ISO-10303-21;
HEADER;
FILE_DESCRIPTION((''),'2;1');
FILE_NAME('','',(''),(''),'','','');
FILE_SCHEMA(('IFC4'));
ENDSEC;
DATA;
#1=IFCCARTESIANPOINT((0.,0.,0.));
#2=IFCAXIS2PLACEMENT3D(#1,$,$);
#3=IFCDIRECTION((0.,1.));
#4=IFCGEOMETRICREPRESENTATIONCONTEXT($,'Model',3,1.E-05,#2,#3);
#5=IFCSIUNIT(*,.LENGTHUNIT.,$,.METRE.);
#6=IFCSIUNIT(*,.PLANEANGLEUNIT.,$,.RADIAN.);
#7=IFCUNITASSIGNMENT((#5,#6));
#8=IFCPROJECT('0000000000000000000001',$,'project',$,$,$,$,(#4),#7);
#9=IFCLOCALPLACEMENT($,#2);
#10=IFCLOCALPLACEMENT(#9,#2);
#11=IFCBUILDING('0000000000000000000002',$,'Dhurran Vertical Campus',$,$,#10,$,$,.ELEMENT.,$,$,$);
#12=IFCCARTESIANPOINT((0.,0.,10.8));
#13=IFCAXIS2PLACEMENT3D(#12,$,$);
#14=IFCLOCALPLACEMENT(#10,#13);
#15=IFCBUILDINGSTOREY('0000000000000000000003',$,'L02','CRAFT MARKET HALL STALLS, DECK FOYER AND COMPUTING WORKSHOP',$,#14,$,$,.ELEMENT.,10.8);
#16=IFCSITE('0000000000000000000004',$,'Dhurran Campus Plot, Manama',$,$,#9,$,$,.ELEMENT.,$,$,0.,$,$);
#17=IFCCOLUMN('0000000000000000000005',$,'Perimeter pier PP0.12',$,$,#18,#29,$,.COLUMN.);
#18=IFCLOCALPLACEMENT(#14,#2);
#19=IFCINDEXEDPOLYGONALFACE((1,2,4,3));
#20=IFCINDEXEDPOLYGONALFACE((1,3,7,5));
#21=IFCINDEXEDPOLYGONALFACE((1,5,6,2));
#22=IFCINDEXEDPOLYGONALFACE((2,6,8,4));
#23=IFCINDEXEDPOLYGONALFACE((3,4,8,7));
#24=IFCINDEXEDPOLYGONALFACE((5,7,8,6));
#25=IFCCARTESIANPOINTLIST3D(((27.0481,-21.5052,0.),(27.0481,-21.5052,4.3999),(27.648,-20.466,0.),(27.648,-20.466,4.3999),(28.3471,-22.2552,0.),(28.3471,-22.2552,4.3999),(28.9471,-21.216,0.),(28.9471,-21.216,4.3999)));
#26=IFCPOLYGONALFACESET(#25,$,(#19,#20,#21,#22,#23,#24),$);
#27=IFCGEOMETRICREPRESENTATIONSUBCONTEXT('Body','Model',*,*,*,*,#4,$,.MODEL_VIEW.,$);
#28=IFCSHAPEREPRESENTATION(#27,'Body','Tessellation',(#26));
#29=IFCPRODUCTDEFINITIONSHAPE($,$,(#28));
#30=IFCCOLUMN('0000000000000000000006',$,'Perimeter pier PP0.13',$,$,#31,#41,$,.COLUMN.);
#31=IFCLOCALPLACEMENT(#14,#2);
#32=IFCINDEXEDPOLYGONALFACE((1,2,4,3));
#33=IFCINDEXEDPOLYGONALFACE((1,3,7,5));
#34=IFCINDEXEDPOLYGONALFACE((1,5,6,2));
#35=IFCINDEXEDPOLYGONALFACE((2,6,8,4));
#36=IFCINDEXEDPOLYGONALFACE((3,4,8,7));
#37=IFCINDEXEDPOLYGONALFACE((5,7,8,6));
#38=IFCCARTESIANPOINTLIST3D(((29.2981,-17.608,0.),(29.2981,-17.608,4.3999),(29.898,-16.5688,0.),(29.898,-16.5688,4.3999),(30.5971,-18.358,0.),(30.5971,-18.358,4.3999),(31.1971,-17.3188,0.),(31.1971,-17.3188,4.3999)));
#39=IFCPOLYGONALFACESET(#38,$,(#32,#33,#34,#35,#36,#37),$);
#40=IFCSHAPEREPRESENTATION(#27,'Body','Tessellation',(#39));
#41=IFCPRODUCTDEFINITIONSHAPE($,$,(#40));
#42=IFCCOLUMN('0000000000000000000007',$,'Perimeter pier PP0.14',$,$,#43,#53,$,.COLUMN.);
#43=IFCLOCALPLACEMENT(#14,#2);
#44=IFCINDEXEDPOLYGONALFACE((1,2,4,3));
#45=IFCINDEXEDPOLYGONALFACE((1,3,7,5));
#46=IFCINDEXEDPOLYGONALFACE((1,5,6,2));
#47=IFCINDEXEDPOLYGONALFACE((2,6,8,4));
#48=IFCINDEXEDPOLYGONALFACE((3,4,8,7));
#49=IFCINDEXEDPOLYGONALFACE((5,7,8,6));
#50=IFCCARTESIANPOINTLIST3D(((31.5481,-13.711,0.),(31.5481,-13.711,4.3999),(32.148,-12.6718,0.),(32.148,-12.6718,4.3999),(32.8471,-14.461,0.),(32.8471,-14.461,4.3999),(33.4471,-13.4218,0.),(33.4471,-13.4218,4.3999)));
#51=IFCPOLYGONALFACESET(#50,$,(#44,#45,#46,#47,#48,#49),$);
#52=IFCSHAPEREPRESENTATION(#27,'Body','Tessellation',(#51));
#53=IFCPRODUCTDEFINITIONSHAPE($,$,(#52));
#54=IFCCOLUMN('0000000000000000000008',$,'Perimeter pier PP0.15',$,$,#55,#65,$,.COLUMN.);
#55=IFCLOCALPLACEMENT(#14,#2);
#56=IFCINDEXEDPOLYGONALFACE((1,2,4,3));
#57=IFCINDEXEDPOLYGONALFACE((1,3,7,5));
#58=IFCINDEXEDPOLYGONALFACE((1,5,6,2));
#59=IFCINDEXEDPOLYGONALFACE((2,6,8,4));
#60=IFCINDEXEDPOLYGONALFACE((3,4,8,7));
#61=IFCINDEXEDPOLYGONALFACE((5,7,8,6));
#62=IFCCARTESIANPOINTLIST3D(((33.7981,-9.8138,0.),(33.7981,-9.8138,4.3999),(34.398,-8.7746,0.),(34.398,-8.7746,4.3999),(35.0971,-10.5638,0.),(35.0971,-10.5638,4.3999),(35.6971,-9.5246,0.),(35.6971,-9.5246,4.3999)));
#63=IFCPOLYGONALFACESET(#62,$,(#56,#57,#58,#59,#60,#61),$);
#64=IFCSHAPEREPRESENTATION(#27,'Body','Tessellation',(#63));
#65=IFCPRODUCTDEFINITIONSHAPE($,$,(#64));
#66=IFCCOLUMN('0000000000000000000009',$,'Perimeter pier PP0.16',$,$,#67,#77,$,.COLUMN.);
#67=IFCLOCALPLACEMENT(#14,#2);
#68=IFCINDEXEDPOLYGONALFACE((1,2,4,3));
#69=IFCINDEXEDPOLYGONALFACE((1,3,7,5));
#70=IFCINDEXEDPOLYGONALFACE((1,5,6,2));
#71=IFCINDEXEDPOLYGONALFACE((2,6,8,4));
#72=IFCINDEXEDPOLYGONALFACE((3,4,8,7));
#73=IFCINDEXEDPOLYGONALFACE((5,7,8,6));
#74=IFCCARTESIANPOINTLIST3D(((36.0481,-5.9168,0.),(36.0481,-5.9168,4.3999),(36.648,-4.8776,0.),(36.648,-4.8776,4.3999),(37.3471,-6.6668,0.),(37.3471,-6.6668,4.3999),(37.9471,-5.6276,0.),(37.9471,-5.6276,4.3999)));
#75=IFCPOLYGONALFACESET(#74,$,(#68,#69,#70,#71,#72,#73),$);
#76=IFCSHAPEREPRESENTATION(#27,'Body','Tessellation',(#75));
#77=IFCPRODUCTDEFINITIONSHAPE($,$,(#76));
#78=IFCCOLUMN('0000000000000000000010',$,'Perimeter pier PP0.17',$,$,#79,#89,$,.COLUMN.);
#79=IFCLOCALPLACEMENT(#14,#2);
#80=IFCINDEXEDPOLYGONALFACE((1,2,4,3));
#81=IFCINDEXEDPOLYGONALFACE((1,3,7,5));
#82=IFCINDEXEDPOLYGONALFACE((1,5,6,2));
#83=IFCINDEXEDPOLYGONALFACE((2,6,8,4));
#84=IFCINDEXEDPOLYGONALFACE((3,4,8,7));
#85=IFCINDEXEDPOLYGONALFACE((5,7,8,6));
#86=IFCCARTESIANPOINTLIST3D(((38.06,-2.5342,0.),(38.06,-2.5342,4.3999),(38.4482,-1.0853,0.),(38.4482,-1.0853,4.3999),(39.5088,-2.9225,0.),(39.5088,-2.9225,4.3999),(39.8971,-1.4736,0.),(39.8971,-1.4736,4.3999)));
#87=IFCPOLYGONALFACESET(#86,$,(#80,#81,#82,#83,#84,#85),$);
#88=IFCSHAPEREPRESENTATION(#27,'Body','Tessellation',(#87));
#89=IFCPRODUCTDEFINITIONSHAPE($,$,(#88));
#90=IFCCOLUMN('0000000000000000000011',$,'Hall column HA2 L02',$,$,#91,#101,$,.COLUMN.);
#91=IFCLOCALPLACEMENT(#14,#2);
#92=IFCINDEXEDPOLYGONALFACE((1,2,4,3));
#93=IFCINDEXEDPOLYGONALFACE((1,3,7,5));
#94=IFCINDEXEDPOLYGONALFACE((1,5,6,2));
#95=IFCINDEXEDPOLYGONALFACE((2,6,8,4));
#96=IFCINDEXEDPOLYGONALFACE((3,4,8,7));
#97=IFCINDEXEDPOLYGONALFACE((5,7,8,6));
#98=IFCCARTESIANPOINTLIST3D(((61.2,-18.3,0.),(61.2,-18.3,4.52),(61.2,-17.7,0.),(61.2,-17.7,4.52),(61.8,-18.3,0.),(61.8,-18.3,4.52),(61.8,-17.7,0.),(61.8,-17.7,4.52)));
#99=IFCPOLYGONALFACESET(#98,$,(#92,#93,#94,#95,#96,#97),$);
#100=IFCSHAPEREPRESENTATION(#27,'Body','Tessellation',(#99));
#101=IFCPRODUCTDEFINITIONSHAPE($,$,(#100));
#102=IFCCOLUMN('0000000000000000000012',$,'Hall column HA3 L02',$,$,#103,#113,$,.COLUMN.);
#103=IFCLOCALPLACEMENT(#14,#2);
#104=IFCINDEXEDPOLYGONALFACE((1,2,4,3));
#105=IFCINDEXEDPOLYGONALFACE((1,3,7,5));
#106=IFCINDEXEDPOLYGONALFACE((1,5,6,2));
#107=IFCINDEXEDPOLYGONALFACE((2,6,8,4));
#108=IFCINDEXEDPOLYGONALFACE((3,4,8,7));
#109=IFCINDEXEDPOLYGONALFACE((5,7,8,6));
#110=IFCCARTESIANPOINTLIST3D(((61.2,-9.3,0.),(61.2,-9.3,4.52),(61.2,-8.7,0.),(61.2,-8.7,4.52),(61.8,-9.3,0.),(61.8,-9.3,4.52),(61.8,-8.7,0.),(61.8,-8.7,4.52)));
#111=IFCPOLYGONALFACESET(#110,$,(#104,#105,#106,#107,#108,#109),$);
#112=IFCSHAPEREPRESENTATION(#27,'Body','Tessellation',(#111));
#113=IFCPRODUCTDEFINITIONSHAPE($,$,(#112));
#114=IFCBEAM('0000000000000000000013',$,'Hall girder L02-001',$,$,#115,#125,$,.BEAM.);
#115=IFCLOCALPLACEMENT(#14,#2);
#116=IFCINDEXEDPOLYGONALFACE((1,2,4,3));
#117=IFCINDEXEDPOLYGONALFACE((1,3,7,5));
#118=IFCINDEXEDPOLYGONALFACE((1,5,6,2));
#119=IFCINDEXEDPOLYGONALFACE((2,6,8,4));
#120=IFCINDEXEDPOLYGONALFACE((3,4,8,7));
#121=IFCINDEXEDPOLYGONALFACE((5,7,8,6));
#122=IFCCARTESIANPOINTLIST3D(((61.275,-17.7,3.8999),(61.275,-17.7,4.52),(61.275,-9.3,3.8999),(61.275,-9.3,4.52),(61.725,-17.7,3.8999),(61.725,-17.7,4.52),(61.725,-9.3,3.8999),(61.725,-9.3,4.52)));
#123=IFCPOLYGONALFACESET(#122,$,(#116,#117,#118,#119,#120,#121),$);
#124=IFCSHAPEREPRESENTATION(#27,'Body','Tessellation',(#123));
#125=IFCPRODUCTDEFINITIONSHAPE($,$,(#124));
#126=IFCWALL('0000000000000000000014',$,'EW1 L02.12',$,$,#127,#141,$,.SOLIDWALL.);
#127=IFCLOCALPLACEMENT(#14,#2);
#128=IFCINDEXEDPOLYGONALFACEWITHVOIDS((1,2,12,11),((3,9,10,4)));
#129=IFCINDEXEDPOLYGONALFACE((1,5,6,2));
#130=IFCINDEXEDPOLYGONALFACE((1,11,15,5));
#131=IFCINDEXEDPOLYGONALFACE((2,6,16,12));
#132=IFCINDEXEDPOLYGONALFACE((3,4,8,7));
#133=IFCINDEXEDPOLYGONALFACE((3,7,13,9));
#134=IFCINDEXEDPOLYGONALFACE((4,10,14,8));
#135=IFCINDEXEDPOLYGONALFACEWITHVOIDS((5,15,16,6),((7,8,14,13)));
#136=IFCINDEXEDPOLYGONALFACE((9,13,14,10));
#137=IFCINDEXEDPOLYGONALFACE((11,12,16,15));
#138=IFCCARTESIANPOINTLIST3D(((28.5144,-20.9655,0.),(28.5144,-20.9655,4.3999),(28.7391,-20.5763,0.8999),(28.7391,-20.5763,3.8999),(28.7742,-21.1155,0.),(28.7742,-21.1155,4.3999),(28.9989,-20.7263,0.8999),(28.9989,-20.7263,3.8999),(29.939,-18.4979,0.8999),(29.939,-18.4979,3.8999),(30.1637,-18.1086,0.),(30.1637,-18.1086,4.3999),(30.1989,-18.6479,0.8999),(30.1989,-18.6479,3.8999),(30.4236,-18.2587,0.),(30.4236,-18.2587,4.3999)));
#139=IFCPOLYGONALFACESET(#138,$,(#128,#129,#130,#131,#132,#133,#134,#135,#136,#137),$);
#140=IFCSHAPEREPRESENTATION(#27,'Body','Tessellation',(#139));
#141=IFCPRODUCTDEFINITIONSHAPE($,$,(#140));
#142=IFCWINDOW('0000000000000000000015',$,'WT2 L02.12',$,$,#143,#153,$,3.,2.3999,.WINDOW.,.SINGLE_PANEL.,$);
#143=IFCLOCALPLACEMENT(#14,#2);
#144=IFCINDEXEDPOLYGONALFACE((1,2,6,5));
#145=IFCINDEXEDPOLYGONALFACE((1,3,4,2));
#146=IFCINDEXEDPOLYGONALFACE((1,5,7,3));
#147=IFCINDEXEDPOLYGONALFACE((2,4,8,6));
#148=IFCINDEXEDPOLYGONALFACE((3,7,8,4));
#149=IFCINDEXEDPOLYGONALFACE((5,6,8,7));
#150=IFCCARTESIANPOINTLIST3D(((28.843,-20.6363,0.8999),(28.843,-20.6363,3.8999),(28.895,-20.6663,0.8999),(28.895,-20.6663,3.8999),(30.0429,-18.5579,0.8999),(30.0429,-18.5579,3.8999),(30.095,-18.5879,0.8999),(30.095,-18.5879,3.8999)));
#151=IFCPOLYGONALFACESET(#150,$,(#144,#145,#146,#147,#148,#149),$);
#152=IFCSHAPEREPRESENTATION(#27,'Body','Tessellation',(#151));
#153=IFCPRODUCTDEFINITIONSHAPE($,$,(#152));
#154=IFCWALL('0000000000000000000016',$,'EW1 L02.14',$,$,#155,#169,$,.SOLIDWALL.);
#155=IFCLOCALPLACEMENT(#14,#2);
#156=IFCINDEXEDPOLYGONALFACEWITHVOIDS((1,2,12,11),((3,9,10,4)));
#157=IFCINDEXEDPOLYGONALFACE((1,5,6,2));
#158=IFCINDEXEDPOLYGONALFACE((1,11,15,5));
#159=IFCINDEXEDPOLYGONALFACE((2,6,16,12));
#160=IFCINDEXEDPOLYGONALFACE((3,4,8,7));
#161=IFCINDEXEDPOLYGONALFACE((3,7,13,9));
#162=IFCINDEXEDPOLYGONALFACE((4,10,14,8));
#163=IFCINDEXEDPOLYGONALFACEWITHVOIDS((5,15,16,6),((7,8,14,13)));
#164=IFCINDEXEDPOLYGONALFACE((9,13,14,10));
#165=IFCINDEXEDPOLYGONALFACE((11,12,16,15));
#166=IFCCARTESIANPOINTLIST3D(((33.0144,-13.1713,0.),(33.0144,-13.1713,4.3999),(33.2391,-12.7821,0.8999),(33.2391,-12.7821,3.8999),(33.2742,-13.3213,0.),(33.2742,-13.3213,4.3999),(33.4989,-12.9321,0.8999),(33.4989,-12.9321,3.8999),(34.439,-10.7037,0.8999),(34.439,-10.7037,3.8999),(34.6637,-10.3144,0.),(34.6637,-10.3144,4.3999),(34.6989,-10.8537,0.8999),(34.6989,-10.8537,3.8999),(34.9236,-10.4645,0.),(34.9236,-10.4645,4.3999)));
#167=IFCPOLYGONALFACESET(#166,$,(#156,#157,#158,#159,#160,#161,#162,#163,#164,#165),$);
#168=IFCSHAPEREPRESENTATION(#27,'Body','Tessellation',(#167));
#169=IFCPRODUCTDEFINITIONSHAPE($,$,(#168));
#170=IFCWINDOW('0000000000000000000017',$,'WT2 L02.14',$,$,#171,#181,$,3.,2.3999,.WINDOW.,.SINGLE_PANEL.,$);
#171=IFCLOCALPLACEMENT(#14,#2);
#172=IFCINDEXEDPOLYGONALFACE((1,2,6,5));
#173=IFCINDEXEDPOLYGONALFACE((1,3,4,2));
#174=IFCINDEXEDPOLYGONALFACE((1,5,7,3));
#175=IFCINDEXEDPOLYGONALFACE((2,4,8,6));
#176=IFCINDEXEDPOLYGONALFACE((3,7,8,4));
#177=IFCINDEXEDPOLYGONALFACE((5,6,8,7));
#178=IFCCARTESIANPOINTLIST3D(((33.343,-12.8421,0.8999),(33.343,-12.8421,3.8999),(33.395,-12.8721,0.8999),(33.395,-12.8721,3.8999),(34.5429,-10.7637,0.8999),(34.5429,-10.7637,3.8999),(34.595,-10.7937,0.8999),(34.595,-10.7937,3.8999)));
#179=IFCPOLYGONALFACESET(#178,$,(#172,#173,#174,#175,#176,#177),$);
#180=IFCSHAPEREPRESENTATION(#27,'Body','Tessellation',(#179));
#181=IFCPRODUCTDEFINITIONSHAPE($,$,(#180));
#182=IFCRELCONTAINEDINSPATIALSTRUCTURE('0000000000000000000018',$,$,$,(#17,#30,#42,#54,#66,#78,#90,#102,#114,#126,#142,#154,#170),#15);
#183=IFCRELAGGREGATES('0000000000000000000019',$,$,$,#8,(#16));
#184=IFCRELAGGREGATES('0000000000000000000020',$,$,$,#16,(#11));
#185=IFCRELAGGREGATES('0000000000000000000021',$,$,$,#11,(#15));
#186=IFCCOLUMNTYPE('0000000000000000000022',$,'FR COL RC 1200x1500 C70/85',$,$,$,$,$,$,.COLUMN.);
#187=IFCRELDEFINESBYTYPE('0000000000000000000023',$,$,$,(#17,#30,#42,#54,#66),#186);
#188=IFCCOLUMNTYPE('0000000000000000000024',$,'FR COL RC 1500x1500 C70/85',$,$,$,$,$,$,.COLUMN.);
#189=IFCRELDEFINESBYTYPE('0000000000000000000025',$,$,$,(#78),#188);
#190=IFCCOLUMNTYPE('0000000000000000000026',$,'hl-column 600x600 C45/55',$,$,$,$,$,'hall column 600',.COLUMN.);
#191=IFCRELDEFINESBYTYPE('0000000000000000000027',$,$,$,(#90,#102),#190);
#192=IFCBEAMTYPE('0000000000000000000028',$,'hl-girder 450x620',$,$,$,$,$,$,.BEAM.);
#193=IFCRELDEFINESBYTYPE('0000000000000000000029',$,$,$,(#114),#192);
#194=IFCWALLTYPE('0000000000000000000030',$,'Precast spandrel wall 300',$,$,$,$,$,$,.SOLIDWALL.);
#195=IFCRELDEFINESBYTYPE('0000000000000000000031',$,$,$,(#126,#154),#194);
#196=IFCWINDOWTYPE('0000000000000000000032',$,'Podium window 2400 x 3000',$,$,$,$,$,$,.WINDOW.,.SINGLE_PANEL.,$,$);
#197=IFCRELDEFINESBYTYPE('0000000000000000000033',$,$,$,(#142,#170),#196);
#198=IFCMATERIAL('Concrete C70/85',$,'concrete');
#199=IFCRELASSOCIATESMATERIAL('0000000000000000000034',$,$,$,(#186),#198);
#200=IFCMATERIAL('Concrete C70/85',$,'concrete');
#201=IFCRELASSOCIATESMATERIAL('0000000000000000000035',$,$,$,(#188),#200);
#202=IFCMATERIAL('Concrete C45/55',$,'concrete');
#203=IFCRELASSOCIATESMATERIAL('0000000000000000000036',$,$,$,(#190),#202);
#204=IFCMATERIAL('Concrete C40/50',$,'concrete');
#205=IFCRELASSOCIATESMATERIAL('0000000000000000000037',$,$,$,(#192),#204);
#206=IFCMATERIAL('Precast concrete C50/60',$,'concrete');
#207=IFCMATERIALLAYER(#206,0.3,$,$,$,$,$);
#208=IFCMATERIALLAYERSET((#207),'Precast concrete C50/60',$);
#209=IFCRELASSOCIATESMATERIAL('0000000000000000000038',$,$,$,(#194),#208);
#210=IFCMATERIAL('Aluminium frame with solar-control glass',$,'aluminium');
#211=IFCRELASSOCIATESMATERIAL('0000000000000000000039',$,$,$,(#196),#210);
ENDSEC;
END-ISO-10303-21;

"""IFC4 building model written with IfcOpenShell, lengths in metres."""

from ifc_helpers import new_model, si_unit, direction, frame, frame_2d, origin, origin_2d, place, context, subcontext, project, spatial, rectangle, extrude, material, layer, layer_set, material_profile, profile_set, type_object, element, fill, save


model = new_model("IFC4")

# Units and contexts
model_context = context("Model", 3, precision=1e-05, world=origin(), true_north=direction((0.0, 1.0)))
body_context = subcontext(model_context, "Body", "Model", "MODEL_VIEW")
ifc_project = project(units=[si_unit("LENGTHUNIT", "METRE"), si_unit("PLANEANGLEUNIT", "RADIAN")], contexts=[model_context])

# Site, building, storey
site_placement = place(None, origin())
site = spatial("IfcSite", under=ifc_project, at=site_placement, Name="Dhurran Campus Plot, Manama", CompositionType="ELEMENT", RefElevation=0.0)
building_placement = place(site_placement, origin())
building = spatial("IfcBuilding", under=site, at=building_placement, Name="Dhurran Vertical Campus", CompositionType="ELEMENT")
storey_placement = place(building_placement, frame((0.0, 0.0, 10.8)))
storey = spatial("IfcBuildingStorey", under=building, at=storey_placement, Name="L02", Description="CRAFT MARKET HALL STALLS, DECK FOYER AND COMPUTING WORKSHOP", CompositionType="ELEMENT", Elevation=10.8)

# Columns
ifc_material_1 = material(Name="Concrete C70/85", Category="concrete")
ifc_material_profile_1 = material_profile(ifc_material_1, rectangle(XDim=1.2, YDim=1.5, at=origin_2d()), Name="RC 1200x1500")
ifc_profile_set_1 = profile_set([ifc_material_profile_1], Name="Concrete C70/85")
column_type_1 = type_object("IfcColumnType", Name="FR COL RC 1200x1500 C70/85", PredefinedType="COLUMN", material=ifc_profile_set_1)
for number, where, z_axis, x_axis, name in (
    (1, (27.9976, -21.3606, 0.0), (0.0, 0.0, 1.0), (0.5, 0.866025, 0.0), "Perimeter pier PP0.12"),
    (2, (30.2476, -17.4634, 0.0), (0.0, 0.0, 1.0), (0.5, 0.866025, 0.0), "Perimeter pier PP0.13"),
    (3, (32.4976, -13.5664, 0.0), (0.0, 0.0, 1.0), (0.5, 0.866025, 0.0), "Perimeter pier PP0.14"),
    (4, (34.7476, -9.6692, 0.0), (0.0, 0.0, 1.0), (0.5, 0.866025, 0.0), "Perimeter pier PP0.15"),
    (5, (36.9976, -5.7722, 0.0), (0.0, 0.0, 1.0), (0.5, 0.866025, 0.0), "Perimeter pier PP0.16"),
):
    element("IfcColumn", number, at=place(storey_placement, frame(where, z_axis=z_axis, x_axis=x_axis)), inside=storey, type_object=column_type_1, Name=name, PredefinedType="COLUMN", context=body_context, shape_type="SweptSolid", body=[
        extrude(rectangle(XDim=1.2, YDim=1.5, at=origin_2d()), origin(), (0.0, 0.0, 1.0), 4.3999),
    ])
ifc_material_2 = material(Name="Concrete C70/85", Category="concrete")
ifc_material_profile_2 = material_profile(ifc_material_2, rectangle(XDim=1.5, YDim=1.5, at=origin_2d()), Name="RC 1500x1500")
ifc_profile_set_2 = profile_set([ifc_material_profile_2], Name="Concrete C70/85")
column_type_2 = type_object("IfcColumnType", Name="FR COL RC 1500x1500 C70/85", PredefinedType="COLUMN", material=ifc_profile_set_2)
column_placement = place(storey_placement, frame((38.9785, -2.0039, 0.0), z_axis=(0.0, 0.0, 1.0), x_axis=(0.258819, 0.965926, 0.0)))
element("IfcColumn", 6, at=column_placement, inside=storey, type_object=column_type_2, Name="Perimeter pier PP0.17", PredefinedType="COLUMN", context=body_context, shape_type="SweptSolid", body=[
    extrude(rectangle(XDim=1.5, YDim=1.5, at=origin_2d()), origin(), (0.0, 0.0, 1.0), 4.3999),
])
ifc_material_3 = material(Name="Concrete C45/55", Category="concrete")
ifc_material_profile_3 = material_profile(ifc_material_3, rectangle(XDim=0.6001, YDim=0.6001, at=origin_2d()), Name="hl-column 600x600 C45/55")
ifc_profile_set_3 = profile_set([ifc_material_profile_3], Name="Concrete C45/55")
column_type_3 = type_object("IfcColumnType", Name="hl-column 600x600 C45/55", ElementType="hall column 600", PredefinedType="COLUMN", material=ifc_profile_set_3)
for number, where, z_axis, x_axis, name in (
    (7, (61.5, -18.0, 0.0), (0.0, 0.0, 1.0), (1.0, 0.0, 0.0), "Hall column HA2 L02"),
    (8, (61.5, -9.0, 0.0), (0.0, 0.0, 1.0), (1.0, 0.0, 0.0), "Hall column HA3 L02"),
):
    element("IfcColumn", number, at=place(storey_placement, frame(where, z_axis=z_axis, x_axis=x_axis)), inside=storey, type_object=column_type_3, Name=name, PredefinedType="COLUMN", context=body_context, shape_type="SweptSolid", body=[
        extrude(rectangle(XDim=0.6001, YDim=0.6001, at=origin_2d()), origin(), (0.0, 0.0, 1.0), 4.52),
    ])

# Beam
ifc_material_4 = material(Name="Concrete C40/50", Category="concrete")
ifc_material_profile_4 = material_profile(ifc_material_4, rectangle(XDim=0.45, YDim=0.6201, at=origin_2d()), Name="hl-girder 450x620")
ifc_profile_set_4 = profile_set([ifc_material_profile_4], Name="Concrete C40/50")
beam_type = type_object("IfcBeamType", Name="hl-girder 450x620", PredefinedType="BEAM", material=ifc_profile_set_4)
beam_placement = place(storey_placement, frame((61.5, -17.7, 4.21), z_axis=(0.0, 1.0, 0.0), x_axis=(-1.0, 0.0, 0.0)))
element("IfcBeam", 9, at=beam_placement, inside=storey, type_object=beam_type, Name="Hall girder L02-001", PredefinedType="BEAM", context=body_context, shape_type="SweptSolid", body=[
    extrude(rectangle(XDim=0.45, YDim=0.6201, at=origin_2d()), origin(), (0.0, 0.0, 1.0), 8.3999),
])

# Wall, opening, window
ifc_material_5 = material(Name="Precast concrete C50/60", Category="concrete")
ifc_layer_1 = layer(ifc_material_5, 0.3)
ifc_layer_set_1 = layer_set([ifc_layer_1], Name="Precast concrete C50/60")
wall_type_1 = type_object("IfcWallType", Name="Precast spandrel wall 300", PredefinedType="SOLIDWALL", material=ifc_layer_set_1)
wall_1_placement = place(storey_placement, frame((28.6443, -21.0405, 0.0), z_axis=(0.0, 0.0, 1.0), x_axis=(0.499992, 0.86603, 0.0)))
wall_1 = element("IfcWall", 10, at=wall_1_placement, inside=storey, type_object=wall_type_1, Name="EW1 L02.12", PredefinedType="SOLIDWALL", context=body_context, shape_type="SweptSolid", body=[
    extrude(rectangle(XDim=3.2988, YDim=0.3, at=frame_2d((1.6494, 0.0))), origin(), (0.0, 0.0, 1.0), 4.3999),
])
opening_1_placement = place(wall_1_placement, frame((0.4495, 0.0, 0.8999)))
opening_1 = element("IfcOpeningElement", 11, at=opening_1_placement, cuts=wall_1, PredefinedType="OPENING", context=body_context, shape_type="SweptSolid", body=[
    extrude(rectangle(XDim=2.3999, YDim=3.0, at=frame_2d((1.2, 1.5))), frame((0.0, 0.1599, 0.0), z_axis=(0.0, -1.0, 0.0), x_axis=(1.0, 0.0, 0.0)), (0.0, 0.0, 1.0), 0.3201),
])
ifc_material_6 = material(Name="Aluminium frame with solar-control glass", Category="aluminium")
window_type_1 = type_object("IfcWindowType", Name="Podium window 2400 x 3000", PartitioningType="SINGLE_PANEL", PredefinedType="WINDOW", material=ifc_material_6)
window_1_placement = place(opening_1_placement, origin())
window_1 = element("IfcWindow", 12, at=window_1_placement, inside=storey, type_object=window_type_1, Name="WT2 L02.12", OverallHeight=3.0, OverallWidth=2.3999, PartitioningType="SINGLE_PANEL", PredefinedType="WINDOW", context=body_context, shape_type="SweptSolid", body=[
    extrude(rectangle(XDim=2.3999, YDim=3.0, at=frame_2d((1.2, 1.5))), frame((0.0, 0.03, 0.0), z_axis=(0.0, -1.0, 0.0), x_axis=(1.0, 0.0, 0.0)), (0.0, 0.0, 1.0), 0.0601),
])
fill(opening_1, window_1)

# Wall, opening, window
wall_2_placement = place(storey_placement, frame((33.1443, -13.2463, 0.0), z_axis=(0.0, 0.0, 1.0), x_axis=(0.499992, 0.86603, 0.0)))
wall_2 = element("IfcWall", 13, at=wall_2_placement, inside=storey, type_object=wall_type_1, Name="EW1 L02.14", PredefinedType="SOLIDWALL", context=body_context, shape_type="SweptSolid", body=[
    extrude(rectangle(XDim=3.2988, YDim=0.3, at=frame_2d((1.6494, 0.0))), origin(), (0.0, 0.0, 1.0), 4.3999),
])
opening_2_placement = place(wall_2_placement, frame((0.4495, 0.0, 0.8999)))
opening_2 = element("IfcOpeningElement", 14, at=opening_2_placement, cuts=wall_2, PredefinedType="OPENING", context=body_context, shape_type="SweptSolid", body=[
    extrude(rectangle(XDim=2.3999, YDim=3.0, at=frame_2d((1.2, 1.5))), frame((0.0, 0.1599, 0.0), z_axis=(0.0, -1.0, 0.0), x_axis=(1.0, 0.0, 0.0)), (0.0, 0.0, 1.0), 0.3201),
])
window_2_placement = place(opening_2_placement, origin())
window_2 = element("IfcWindow", 15, at=window_2_placement, inside=storey, type_object=window_type_1, Name="WT2 L02.14", OverallHeight=3.0, OverallWidth=2.3999, PartitioningType="SINGLE_PANEL", PredefinedType="WINDOW", context=body_context, shape_type="SweptSolid", body=[
    extrude(rectangle(XDim=2.3999, YDim=3.0, at=frame_2d((1.2, 1.5))), frame((0.0, 0.03, 0.0), z_axis=(0.0, -1.0, 0.0), x_axis=(1.0, 0.0, 0.0)), (0.0, 0.0, 1.0), 0.0601),
])
fill(opening_2, window_2)

save(model, "model.ifc")
